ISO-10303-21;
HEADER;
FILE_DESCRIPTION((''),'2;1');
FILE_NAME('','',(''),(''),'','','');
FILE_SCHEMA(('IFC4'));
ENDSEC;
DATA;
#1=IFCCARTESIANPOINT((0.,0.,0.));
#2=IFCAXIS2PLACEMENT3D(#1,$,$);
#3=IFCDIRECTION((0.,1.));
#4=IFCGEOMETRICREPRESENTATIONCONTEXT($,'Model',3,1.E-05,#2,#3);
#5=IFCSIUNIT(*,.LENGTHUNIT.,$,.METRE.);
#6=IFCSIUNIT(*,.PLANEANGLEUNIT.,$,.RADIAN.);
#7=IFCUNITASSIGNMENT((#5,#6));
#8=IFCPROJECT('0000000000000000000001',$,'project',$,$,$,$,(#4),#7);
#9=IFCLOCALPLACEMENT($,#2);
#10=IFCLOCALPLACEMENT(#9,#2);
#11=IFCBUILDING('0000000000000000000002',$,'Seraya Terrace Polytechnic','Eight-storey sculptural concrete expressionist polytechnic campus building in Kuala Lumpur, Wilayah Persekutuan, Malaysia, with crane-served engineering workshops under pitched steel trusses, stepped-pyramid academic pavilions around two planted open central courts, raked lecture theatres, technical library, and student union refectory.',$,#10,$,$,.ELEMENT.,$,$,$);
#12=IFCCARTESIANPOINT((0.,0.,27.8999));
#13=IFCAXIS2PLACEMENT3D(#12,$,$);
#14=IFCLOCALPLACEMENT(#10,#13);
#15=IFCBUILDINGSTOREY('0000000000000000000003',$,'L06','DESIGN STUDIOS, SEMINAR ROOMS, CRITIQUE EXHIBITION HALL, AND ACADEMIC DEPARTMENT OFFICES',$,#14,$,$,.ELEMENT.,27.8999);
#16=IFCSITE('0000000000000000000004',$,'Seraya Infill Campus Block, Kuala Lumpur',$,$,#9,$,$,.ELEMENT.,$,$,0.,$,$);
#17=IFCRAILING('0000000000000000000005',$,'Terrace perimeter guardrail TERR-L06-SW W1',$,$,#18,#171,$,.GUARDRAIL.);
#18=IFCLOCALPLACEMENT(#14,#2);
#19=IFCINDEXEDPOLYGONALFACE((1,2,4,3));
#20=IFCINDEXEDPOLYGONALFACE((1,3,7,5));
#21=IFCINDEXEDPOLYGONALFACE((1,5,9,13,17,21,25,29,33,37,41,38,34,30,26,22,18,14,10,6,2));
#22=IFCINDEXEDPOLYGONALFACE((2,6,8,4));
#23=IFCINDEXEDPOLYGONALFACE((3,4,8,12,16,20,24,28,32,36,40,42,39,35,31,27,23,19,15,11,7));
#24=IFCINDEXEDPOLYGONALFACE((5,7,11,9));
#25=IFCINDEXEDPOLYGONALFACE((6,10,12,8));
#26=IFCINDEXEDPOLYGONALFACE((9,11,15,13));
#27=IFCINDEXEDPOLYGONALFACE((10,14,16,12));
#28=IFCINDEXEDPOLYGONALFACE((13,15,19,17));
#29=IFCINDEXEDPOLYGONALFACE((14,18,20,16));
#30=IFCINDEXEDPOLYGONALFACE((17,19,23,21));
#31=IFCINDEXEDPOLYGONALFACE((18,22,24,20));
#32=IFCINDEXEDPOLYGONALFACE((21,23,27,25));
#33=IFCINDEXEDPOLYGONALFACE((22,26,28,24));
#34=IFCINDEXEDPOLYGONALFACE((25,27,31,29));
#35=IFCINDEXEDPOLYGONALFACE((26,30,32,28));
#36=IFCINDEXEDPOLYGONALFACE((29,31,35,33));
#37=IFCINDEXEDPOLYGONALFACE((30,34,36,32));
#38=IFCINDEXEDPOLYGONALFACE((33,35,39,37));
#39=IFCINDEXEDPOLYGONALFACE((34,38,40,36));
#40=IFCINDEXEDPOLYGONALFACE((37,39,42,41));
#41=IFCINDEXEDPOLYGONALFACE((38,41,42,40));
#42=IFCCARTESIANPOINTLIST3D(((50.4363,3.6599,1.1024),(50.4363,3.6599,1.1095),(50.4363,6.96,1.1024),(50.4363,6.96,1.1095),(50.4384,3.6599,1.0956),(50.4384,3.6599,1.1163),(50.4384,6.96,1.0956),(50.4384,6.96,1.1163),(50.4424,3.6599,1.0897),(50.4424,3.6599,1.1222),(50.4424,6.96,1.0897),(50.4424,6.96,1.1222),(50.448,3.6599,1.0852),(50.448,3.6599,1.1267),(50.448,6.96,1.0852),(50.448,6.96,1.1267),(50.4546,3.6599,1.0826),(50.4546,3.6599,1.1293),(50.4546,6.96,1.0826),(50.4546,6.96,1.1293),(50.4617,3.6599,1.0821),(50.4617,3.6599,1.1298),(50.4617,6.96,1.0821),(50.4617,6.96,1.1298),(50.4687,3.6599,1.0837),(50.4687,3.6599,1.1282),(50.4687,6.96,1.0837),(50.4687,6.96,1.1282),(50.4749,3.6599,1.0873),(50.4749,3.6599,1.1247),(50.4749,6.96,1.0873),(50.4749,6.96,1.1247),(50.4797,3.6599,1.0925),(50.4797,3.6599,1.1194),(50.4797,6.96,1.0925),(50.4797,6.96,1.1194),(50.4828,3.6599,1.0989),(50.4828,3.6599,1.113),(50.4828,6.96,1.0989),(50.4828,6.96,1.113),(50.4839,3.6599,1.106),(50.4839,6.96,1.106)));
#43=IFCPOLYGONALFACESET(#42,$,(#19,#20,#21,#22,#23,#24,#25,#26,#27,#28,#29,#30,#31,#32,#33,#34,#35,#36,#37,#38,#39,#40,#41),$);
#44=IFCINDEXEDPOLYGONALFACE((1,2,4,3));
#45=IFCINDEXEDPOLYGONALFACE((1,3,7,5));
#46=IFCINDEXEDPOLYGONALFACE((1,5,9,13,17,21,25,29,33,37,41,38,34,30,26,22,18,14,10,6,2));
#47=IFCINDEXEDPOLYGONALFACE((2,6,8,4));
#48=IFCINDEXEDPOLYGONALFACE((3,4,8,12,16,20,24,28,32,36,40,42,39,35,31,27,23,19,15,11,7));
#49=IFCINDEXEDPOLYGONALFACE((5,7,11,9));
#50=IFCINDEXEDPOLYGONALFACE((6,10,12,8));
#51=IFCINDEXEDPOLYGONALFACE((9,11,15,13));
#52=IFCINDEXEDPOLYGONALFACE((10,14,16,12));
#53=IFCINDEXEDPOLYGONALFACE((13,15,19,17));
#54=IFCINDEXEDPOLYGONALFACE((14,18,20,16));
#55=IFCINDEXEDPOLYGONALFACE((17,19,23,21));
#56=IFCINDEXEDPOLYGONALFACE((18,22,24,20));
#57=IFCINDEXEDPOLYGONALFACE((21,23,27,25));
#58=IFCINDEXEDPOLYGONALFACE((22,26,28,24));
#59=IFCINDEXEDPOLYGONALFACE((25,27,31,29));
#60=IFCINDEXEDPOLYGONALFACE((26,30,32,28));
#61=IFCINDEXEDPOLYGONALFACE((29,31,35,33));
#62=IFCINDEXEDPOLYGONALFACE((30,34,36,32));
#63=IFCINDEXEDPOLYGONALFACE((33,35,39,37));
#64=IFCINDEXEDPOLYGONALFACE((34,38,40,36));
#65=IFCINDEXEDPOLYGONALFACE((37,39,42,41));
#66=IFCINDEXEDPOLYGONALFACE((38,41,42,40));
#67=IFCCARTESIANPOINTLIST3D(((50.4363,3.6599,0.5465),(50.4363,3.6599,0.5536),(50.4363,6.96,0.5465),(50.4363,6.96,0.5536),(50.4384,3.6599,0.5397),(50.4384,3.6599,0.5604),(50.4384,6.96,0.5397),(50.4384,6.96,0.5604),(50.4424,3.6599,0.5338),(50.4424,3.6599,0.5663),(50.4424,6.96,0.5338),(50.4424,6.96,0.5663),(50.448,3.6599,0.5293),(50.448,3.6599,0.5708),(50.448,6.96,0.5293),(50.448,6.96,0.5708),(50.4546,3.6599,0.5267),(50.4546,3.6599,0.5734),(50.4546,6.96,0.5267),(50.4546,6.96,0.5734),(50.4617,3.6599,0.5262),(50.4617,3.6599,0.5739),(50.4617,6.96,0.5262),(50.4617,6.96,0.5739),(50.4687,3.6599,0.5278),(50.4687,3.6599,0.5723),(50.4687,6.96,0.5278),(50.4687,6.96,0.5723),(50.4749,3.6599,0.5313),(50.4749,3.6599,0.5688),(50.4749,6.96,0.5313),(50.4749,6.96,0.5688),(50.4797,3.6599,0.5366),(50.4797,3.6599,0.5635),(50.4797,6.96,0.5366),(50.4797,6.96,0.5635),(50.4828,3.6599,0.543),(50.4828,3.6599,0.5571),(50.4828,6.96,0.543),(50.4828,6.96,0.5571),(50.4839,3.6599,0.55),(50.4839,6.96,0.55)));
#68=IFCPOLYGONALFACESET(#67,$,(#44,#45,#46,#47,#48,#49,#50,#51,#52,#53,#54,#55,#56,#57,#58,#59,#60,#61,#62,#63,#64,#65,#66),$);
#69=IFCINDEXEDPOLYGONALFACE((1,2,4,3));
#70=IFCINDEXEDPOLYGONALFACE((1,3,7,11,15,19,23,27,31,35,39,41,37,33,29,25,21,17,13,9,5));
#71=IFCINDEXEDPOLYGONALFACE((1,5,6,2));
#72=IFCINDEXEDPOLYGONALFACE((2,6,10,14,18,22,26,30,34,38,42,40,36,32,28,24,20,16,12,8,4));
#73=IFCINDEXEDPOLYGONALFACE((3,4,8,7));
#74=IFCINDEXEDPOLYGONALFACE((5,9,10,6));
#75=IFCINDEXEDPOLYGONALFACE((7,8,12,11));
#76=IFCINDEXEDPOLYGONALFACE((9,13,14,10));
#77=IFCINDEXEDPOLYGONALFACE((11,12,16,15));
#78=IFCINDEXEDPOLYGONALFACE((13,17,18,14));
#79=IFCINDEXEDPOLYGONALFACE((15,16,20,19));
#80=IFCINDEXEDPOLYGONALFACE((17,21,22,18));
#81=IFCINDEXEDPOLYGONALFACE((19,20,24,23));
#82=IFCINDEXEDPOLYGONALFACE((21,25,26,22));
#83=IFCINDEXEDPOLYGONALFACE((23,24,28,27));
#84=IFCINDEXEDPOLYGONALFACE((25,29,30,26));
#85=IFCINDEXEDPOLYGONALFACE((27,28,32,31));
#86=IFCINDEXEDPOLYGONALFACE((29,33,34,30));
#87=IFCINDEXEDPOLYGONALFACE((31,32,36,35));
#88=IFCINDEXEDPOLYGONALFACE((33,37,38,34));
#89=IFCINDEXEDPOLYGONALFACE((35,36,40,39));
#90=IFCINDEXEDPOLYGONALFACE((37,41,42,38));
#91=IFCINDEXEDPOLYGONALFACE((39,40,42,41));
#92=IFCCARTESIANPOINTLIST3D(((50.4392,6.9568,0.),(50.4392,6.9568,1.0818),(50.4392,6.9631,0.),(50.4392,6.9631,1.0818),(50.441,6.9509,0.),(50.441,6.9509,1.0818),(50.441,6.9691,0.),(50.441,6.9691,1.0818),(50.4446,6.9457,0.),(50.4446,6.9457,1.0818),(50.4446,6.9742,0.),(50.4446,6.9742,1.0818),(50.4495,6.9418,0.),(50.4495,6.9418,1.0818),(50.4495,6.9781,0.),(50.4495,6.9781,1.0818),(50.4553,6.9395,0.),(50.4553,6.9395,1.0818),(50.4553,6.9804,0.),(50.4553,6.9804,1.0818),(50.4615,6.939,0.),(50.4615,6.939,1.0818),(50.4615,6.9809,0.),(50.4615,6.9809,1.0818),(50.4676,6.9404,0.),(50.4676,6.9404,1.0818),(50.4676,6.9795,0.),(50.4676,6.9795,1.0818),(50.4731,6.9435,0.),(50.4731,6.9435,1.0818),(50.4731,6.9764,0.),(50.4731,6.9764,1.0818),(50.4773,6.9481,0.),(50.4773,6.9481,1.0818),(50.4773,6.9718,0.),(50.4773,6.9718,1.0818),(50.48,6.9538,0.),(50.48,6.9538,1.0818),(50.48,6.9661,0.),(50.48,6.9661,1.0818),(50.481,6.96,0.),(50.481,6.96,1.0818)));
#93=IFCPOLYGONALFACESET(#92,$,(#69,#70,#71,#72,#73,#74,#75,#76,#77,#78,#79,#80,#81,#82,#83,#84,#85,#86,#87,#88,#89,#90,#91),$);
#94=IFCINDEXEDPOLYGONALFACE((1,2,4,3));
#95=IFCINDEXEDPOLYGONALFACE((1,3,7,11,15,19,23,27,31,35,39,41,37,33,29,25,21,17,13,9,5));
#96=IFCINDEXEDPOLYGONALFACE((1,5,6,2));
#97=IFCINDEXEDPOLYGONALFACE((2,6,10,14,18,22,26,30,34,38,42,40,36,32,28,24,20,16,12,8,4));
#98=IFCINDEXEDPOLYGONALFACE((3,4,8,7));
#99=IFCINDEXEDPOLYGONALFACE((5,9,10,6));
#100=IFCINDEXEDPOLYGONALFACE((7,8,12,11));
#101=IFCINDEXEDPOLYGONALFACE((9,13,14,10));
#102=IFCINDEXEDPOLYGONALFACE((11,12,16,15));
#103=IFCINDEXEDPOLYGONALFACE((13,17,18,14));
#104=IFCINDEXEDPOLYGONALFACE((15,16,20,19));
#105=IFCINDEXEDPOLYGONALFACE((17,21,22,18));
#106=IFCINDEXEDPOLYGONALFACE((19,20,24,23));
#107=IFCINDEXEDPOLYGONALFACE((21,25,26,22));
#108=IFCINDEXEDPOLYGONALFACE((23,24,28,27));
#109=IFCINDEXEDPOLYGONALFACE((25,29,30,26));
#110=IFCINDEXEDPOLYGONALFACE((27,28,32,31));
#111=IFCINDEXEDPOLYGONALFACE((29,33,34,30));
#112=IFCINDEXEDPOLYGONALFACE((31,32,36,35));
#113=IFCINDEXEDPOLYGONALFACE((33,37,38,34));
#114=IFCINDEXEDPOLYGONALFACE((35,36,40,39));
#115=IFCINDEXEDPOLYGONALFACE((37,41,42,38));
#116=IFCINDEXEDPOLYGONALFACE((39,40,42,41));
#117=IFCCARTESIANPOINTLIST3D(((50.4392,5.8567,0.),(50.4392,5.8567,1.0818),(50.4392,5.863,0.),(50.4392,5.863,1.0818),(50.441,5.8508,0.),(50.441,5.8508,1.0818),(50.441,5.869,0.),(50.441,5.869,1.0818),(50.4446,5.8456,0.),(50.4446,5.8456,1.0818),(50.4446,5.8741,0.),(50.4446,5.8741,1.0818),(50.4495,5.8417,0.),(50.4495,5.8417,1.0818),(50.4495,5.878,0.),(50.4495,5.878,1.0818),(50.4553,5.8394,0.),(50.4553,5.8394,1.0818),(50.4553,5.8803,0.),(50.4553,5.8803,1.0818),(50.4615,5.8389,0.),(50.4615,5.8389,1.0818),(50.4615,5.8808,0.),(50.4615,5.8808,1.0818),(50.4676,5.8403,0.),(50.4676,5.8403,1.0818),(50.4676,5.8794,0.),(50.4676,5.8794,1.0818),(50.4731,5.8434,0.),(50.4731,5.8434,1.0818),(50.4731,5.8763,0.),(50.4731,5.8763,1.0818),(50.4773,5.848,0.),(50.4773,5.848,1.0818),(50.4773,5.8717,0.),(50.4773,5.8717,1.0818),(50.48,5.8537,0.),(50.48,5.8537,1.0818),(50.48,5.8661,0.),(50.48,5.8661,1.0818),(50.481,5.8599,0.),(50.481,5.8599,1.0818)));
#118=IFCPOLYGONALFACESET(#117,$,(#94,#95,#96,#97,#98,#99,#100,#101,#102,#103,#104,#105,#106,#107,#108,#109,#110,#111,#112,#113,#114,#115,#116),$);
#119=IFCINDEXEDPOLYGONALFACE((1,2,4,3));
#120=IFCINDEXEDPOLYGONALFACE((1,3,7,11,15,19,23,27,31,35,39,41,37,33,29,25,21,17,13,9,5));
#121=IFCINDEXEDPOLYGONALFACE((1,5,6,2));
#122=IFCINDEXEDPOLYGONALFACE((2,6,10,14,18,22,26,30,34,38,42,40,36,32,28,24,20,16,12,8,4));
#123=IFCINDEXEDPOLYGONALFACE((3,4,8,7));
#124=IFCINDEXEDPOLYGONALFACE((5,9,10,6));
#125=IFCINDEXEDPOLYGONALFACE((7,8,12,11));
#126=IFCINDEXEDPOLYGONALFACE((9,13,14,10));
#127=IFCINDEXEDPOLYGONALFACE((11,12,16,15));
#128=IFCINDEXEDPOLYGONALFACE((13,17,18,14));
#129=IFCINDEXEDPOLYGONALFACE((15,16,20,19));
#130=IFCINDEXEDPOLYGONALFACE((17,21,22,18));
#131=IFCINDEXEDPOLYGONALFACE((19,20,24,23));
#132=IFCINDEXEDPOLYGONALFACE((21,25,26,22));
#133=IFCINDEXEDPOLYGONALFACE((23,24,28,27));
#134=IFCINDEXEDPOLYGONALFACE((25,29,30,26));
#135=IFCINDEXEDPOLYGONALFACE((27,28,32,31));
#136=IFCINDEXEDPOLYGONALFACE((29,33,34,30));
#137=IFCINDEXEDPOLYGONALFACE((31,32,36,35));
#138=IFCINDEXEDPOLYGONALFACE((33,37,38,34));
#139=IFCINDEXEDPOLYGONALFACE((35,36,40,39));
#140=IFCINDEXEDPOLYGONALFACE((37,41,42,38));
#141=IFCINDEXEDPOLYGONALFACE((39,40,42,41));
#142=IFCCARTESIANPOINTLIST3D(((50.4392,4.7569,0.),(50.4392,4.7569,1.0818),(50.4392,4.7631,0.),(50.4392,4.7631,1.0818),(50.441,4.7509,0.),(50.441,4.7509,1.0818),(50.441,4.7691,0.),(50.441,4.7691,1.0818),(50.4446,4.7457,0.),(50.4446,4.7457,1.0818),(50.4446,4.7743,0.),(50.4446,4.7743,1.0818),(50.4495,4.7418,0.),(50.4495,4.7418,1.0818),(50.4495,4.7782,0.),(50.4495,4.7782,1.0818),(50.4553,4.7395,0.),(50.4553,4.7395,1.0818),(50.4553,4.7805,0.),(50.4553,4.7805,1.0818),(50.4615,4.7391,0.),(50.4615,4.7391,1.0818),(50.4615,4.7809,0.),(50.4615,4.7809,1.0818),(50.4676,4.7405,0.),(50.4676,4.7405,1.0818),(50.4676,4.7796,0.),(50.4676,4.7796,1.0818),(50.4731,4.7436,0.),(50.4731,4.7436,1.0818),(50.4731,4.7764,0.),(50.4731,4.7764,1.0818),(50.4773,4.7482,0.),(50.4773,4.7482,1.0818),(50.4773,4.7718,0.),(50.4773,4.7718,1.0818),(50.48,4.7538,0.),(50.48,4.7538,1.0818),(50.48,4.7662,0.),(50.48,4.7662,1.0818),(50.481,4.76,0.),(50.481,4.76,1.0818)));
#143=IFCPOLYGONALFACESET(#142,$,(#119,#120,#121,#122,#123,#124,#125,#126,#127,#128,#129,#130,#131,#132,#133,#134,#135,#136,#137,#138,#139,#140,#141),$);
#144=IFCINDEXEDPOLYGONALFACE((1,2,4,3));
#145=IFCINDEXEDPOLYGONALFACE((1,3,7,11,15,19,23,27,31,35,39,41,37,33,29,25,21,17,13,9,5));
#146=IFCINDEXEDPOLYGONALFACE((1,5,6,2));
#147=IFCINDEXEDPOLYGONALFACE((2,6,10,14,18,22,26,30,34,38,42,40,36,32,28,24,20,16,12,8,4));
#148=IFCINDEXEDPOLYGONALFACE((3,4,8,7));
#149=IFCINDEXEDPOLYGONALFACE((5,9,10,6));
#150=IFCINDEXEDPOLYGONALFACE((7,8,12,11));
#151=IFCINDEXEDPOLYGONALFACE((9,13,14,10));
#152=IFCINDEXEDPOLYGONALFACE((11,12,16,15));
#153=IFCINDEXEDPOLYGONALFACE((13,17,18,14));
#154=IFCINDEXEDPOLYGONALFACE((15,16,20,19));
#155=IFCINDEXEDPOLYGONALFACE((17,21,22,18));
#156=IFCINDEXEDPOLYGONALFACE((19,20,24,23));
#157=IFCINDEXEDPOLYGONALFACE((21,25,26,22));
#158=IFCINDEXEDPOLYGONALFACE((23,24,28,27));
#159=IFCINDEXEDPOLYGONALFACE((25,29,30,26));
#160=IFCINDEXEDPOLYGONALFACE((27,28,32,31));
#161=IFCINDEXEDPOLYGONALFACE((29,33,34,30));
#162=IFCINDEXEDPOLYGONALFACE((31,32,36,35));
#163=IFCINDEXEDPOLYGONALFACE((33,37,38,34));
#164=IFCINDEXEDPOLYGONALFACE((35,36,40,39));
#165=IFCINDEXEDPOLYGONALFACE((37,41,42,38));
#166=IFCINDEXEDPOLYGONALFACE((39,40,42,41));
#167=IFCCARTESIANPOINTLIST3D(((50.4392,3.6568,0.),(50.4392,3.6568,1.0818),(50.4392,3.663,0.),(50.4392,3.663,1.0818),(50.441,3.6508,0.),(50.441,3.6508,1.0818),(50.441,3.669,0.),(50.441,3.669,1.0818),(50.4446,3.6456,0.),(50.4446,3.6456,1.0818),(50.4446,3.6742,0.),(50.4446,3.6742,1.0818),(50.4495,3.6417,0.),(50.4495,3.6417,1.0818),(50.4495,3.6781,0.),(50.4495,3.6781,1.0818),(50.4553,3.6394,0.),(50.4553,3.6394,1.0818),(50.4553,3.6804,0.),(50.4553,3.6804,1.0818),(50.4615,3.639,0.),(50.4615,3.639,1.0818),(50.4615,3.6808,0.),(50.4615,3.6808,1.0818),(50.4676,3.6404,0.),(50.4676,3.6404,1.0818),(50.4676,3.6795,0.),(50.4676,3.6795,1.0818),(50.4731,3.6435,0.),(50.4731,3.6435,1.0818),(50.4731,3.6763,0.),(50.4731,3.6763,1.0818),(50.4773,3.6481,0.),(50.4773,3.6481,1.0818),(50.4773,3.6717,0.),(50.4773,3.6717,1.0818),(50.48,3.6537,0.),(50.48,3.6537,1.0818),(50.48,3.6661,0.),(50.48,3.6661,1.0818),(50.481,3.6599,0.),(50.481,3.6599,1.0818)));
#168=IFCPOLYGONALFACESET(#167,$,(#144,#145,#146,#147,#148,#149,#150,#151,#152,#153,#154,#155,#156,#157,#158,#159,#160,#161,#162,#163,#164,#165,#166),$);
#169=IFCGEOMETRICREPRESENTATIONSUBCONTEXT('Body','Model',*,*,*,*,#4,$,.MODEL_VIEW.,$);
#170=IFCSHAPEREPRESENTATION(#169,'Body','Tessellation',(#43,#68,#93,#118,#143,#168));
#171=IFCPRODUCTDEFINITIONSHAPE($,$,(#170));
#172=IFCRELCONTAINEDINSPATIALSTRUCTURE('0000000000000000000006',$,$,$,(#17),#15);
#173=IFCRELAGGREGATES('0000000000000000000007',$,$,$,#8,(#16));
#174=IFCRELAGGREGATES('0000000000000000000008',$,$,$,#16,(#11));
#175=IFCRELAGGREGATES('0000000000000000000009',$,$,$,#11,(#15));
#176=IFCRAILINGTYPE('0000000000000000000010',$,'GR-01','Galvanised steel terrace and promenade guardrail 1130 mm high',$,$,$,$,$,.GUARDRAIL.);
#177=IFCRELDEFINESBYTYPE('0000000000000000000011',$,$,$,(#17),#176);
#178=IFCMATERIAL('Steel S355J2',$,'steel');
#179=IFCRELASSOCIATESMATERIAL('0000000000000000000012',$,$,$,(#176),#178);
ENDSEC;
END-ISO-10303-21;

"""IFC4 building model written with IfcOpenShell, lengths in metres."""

from ifc_helpers import new_model, si_unit, direction, frame, origin, origin_2d, place, context, subcontext, project, spatial, circle, extrude, material, type_object, element, save


model = new_model("IFC4")

# Units and contexts
model_context = context("Model", 3, precision=1e-05, world=origin(), true_north=direction((0.0, 1.0)))
body_context = subcontext(model_context, "Body", "Model", "MODEL_VIEW")
ifc_project = project(units=[si_unit("LENGTHUNIT", "METRE"), si_unit("PLANEANGLEUNIT", "RADIAN")], contexts=[model_context])

# Site, building, storey
site_placement = place(None, origin())
site = spatial("IfcSite", under=ifc_project, at=site_placement, Name="Seraya Infill Campus Block, Kuala Lumpur", CompositionType="ELEMENT", RefElevation=0.0)
building_placement = place(site_placement, origin())
building = spatial("IfcBuilding", under=site, at=building_placement, Name="Seraya Terrace Polytechnic", Description="Eight-storey sculptural concrete expressionist polytechnic campus building in Kuala Lumpur, Wilayah Persekutuan, Malaysia, with crane-served engineering workshops under pitched steel trusses, stepped-pyramid academic pavilions around two planted open central courts, raked lecture theatres, technical library, and student union refectory.", CompositionType="ELEMENT")
storey_placement = place(building_placement, frame((0.0, 0.0, 27.8999)))
storey = spatial("IfcBuildingStorey", under=building, at=storey_placement, Name="L06", Description="DESIGN STUDIOS, SEMINAR ROOMS, CRITIQUE EXHIBITION HALL, AND ACADEMIC DEPARTMENT OFFICES", CompositionType="ELEMENT", Elevation=27.8999)

# Shared definitions
ifc_material_1 = material(Name="Steel S355J2", Category="steel")

# Railing
railing_type_1 = type_object("IfcRailingType", Name="GR-01", Description="Galvanised steel terrace and promenade guardrail 1130 mm high", PredefinedType="GUARDRAIL", material=ifc_material_1)
railing_1_placement = place(storey_placement, frame((50.46, 6.96, 0.0)))
element("IfcRailing", 1, at=railing_1_placement, inside=storey, type_object=railing_type_1, Name="Terrace perimeter guardrail TERR-L06-SW W1", PredefinedType="GUARDRAIL", context=body_context, shape_type="SweptSolid", body=[
    extrude(circle(Radius=0.0239, at=origin_2d()), frame((0.0, 0.0, 1.106), z_axis=(0.0, -1.0, 0.0), x_axis=(1.0, 0.0, 0.0)), (0.0, 0.0, 1.0), 3.3),
    extrude(circle(Radius=0.0239, at=origin_2d()), frame((0.0, 0.0, 0.55), z_axis=(0.0, -1.0, 0.0), x_axis=(1.0, 0.0, 0.0)), (0.0, 0.0, 1.0), 3.3),
    extrude(circle(Radius=0.021, at=origin_2d()), origin(), (0.0, 0.0, 1.0), 1.0818),
    extrude(circle(Radius=0.021, at=origin_2d()), frame((0.0, -1.1001, 0.0)), (0.0, 0.0, 1.0), 1.0818),
    extrude(circle(Radius=0.021, at=origin_2d()), frame((0.0, -2.2, 0.0)), (0.0, 0.0, 1.0), 1.0818),
    extrude(circle(Radius=0.021, at=origin_2d()), frame((0.0, -3.3, 0.0)), (0.0, 0.0, 1.0), 1.0818),
])

save(model, "model.ifc")
